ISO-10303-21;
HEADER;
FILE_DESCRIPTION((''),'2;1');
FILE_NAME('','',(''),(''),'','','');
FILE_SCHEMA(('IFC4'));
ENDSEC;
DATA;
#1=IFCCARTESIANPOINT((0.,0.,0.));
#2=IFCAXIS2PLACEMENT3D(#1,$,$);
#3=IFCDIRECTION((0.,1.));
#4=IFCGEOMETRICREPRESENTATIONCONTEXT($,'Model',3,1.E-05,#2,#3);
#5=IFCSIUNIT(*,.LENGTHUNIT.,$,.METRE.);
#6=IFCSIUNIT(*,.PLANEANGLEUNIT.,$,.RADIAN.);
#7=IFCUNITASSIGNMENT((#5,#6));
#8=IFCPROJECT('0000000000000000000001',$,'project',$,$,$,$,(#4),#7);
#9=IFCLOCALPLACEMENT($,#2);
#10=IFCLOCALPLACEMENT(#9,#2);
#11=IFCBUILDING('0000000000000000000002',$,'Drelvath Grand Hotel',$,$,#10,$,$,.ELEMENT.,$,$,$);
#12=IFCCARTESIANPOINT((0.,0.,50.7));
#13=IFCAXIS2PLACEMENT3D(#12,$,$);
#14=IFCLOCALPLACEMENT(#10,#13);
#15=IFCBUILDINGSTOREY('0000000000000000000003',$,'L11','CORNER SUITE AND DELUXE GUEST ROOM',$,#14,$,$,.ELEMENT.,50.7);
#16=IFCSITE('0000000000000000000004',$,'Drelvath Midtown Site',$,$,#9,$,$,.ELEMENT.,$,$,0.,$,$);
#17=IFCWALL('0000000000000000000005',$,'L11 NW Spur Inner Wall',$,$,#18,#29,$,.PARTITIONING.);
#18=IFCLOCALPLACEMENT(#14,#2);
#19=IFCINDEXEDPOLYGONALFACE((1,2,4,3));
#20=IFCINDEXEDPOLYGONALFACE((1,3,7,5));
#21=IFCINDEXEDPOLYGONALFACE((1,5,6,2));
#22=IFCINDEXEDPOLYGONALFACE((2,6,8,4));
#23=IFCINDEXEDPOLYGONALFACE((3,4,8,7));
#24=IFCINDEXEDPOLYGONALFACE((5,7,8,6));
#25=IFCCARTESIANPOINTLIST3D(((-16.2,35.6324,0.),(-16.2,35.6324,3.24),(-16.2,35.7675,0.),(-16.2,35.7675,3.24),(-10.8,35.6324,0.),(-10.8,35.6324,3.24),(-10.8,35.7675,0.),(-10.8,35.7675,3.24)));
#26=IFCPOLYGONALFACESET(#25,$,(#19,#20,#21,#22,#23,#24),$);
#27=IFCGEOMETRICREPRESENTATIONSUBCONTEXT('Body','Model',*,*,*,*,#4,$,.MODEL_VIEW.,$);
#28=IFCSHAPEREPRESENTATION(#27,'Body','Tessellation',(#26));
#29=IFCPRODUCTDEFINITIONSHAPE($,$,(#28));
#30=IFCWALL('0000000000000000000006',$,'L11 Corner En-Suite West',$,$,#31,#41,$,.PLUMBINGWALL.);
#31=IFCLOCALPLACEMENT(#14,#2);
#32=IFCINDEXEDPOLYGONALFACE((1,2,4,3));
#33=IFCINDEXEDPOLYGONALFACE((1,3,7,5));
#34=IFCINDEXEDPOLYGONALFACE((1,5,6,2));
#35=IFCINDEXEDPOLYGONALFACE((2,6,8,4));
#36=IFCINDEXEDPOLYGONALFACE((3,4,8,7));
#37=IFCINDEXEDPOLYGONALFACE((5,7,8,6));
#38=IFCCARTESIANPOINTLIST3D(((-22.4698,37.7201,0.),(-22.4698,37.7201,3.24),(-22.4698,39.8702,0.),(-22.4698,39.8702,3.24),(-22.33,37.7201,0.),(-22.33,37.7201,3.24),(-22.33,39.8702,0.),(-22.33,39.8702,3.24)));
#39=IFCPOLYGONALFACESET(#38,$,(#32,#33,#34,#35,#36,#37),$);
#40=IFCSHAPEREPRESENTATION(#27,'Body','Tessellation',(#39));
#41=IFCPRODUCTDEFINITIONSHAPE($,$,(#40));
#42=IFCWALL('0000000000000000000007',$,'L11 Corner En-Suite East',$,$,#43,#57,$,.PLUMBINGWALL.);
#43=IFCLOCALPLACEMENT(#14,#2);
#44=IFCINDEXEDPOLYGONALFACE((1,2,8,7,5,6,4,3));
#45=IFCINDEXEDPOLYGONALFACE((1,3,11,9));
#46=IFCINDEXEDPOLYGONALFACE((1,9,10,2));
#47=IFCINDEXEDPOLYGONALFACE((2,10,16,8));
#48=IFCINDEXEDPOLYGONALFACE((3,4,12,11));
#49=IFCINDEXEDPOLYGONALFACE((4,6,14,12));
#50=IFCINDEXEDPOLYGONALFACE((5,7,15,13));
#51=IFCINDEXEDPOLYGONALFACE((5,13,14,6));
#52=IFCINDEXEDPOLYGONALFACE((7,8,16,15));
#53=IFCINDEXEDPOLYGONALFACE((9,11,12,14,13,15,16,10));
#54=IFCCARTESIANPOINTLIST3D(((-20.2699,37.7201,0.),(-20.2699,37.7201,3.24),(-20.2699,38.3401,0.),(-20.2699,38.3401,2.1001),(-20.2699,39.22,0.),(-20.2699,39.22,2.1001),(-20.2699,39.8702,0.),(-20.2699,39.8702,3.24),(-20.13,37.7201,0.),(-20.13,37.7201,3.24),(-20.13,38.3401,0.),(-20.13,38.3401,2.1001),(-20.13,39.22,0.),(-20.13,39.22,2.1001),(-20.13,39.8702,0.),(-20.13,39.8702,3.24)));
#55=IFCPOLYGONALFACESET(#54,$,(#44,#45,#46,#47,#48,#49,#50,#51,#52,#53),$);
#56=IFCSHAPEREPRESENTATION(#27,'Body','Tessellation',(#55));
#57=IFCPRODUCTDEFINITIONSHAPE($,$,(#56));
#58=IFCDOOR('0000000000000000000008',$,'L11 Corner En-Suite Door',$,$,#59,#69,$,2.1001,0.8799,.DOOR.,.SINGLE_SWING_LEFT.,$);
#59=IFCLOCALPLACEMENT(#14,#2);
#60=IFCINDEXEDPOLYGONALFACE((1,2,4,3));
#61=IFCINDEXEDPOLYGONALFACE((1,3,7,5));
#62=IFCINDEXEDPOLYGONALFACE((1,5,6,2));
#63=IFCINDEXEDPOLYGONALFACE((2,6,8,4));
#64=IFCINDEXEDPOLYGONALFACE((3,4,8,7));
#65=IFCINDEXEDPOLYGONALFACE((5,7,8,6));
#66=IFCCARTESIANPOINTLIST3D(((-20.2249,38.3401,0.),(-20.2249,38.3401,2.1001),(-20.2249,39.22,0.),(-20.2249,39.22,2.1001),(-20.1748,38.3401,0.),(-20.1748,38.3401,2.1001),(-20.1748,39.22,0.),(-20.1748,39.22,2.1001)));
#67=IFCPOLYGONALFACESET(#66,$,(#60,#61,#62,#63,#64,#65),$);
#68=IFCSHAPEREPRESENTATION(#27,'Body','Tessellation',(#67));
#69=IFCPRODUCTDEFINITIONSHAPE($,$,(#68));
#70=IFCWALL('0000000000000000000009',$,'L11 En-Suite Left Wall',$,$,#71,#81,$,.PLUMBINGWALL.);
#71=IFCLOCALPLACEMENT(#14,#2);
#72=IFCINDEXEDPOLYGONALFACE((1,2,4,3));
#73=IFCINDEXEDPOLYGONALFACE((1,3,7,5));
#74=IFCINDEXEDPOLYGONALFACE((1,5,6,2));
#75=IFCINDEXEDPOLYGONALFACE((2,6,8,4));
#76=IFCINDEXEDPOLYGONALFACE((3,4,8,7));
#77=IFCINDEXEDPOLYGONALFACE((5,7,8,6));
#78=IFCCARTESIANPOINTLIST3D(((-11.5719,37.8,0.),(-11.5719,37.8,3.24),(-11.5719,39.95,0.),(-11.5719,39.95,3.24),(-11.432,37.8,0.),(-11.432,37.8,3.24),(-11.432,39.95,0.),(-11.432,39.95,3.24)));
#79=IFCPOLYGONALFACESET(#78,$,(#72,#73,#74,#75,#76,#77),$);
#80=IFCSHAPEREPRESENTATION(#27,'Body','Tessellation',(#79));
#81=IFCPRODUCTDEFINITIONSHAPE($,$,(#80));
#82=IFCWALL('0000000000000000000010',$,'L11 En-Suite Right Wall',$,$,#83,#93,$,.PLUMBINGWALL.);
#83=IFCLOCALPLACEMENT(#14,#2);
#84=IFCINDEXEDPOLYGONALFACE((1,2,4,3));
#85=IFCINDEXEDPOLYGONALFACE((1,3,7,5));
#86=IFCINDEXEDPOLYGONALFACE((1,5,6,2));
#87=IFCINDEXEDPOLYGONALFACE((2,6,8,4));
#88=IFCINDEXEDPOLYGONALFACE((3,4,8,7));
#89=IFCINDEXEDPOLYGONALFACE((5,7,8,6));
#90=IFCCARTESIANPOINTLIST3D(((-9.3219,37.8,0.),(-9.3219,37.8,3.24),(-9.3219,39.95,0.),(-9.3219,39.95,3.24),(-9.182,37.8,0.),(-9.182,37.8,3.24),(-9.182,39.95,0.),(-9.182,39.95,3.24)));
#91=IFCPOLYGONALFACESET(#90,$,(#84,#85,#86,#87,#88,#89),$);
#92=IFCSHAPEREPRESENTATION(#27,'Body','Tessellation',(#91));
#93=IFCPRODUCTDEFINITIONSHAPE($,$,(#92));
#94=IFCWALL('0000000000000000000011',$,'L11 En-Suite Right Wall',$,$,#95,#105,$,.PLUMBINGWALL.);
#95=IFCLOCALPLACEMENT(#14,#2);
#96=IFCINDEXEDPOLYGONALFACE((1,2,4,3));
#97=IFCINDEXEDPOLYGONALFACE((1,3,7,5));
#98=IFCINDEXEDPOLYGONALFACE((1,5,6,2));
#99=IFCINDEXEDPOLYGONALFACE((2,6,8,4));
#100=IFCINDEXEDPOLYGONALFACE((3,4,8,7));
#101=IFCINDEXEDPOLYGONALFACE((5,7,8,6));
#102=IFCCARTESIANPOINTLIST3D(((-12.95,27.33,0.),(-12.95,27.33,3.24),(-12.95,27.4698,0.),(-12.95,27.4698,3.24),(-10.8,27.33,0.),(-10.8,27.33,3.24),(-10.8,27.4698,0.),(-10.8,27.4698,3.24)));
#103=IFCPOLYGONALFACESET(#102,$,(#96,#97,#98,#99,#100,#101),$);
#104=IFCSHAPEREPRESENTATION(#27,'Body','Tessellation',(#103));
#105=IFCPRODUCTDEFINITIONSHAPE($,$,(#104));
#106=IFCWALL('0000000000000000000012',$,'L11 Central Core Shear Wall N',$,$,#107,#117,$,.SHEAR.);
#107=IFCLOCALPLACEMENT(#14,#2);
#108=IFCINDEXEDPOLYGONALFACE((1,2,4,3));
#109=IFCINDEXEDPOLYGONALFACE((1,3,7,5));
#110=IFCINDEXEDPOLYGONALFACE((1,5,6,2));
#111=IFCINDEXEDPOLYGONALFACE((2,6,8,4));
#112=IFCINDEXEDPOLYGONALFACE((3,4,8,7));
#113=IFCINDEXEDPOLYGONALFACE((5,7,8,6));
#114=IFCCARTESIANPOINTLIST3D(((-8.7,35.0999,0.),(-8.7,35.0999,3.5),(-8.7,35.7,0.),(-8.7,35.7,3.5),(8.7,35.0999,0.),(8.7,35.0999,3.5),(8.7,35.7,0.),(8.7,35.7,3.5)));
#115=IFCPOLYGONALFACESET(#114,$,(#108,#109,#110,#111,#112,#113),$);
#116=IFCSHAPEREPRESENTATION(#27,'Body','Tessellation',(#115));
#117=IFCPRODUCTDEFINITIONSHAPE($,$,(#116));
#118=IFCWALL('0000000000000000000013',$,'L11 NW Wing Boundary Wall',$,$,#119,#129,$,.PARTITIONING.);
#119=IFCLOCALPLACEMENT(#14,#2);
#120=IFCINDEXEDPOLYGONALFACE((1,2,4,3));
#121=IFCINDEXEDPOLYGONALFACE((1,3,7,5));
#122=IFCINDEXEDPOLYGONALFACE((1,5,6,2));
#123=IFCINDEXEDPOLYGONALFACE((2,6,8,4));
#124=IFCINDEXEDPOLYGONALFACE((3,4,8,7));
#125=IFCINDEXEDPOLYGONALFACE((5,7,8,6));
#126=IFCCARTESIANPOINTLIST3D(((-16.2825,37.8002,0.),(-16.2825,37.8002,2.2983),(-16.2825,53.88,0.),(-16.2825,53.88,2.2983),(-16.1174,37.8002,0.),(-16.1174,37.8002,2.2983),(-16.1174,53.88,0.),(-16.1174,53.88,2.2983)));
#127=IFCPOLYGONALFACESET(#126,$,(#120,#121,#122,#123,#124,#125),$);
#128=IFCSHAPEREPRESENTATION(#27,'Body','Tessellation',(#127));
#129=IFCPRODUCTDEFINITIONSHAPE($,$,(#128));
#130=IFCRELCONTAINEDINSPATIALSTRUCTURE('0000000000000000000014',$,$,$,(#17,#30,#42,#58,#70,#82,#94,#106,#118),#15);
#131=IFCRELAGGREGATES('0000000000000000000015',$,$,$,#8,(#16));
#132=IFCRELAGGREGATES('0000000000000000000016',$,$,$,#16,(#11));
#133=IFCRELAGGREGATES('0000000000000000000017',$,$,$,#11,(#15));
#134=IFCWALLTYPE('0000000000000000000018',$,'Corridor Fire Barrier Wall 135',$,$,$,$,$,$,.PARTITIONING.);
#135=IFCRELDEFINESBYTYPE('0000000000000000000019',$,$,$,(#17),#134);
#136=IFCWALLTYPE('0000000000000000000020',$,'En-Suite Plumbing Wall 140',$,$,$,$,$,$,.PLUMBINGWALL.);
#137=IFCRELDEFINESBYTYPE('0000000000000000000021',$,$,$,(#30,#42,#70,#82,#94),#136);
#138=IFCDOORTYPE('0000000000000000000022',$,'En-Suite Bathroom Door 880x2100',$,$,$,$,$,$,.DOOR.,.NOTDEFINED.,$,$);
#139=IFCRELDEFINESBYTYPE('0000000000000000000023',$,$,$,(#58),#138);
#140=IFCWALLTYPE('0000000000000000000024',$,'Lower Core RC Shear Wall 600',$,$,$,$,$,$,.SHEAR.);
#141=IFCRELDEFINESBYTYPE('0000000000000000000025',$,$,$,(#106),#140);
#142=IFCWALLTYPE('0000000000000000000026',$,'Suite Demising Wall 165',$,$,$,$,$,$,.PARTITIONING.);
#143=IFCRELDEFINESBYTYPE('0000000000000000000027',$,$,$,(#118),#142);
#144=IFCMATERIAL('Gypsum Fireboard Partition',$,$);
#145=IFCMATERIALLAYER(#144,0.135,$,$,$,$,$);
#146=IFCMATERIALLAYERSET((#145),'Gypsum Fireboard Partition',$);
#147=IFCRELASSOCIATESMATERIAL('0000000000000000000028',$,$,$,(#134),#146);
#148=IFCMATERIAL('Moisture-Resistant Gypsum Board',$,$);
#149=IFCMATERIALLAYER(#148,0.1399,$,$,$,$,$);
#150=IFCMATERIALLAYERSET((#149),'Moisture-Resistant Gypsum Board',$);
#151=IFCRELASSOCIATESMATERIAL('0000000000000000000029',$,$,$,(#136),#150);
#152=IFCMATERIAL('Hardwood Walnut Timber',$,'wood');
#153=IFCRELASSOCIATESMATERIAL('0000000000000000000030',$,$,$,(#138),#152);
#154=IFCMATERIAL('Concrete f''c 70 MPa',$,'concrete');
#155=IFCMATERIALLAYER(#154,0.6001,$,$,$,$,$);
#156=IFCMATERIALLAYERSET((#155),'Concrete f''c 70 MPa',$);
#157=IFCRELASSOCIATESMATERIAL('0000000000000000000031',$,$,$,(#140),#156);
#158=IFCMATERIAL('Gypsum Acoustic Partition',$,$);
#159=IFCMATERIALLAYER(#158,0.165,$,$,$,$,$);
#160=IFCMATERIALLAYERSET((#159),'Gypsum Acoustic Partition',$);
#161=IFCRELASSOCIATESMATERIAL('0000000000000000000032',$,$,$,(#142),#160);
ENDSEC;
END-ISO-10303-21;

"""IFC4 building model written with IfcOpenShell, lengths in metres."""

from ifc_helpers import new_model, si_unit, direction, frame, frame_2d, origin, place, context, subcontext, project, spatial, rectangle, extrude, material, layer, layer_set, type_object, element, fill, save


model = new_model("IFC4")

# Units and contexts
model_context = context("Model", 3, precision=1e-05, world=origin(), true_north=direction((0.0, 1.0)))
body_context = subcontext(model_context, "Body", "Model", "MODEL_VIEW")
ifc_project = project(units=[si_unit("LENGTHUNIT", "METRE"), si_unit("PLANEANGLEUNIT", "RADIAN")], contexts=[model_context])

# Site, building, storey
site_placement = place(None, origin())
site = spatial("IfcSite", under=ifc_project, at=site_placement, Name="Drelvath Midtown Site", CompositionType="ELEMENT", RefElevation=0.0)
building_placement = place(site_placement, origin())
building = spatial("IfcBuilding", under=site, at=building_placement, Name="Drelvath Grand Hotel", CompositionType="ELEMENT")
storey_placement = place(building_placement, frame((0.0, 0.0, 50.7)))
storey = spatial("IfcBuildingStorey", under=building, at=storey_placement, Name="L11", Description="CORNER SUITE AND DELUXE GUEST ROOM", CompositionType="ELEMENT", Elevation=50.7)

# Shared definitions
ifc_material_1 = material(Name="Gypsum Fireboard Partition")
ifc_layer_1 = layer(ifc_material_1, 0.135)
ifc_layer_set_1 = layer_set([ifc_layer_1], Name="Gypsum Fireboard Partition")
wall_type_1 = type_object("IfcWallType", Name="Corridor Fire Barrier Wall 135", PredefinedType="PARTITIONING", material=ifc_layer_set_1)
ifc_material_2 = material(Name="Hardwood Walnut Timber", Category="wood")

# Wall
wall_1_placement = place(storey_placement, frame((-16.2, 35.7, 0.0), z_axis=(0.0, 0.0, 1.0), x_axis=(1.0, 0.0, 0.0)))
element("IfcWall", 1, at=wall_1_placement, inside=storey, type_object=wall_type_1, Name="L11 NW Spur Inner Wall", PredefinedType="PARTITIONING", context=body_context, shape_type="SweptSolid", body=[
    extrude(rectangle(XDim=5.3999, YDim=0.135, at=frame_2d((2.7, 0.0))), origin(), (0.0, 0.0, 1.0), 3.24),
])

# Wall
ifc_material_3 = material(Name="Moisture-Resistant Gypsum Board")
ifc_layer_2 = layer(ifc_material_3, 0.1399)
ifc_layer_set_2 = layer_set([ifc_layer_2], Name="Moisture-Resistant Gypsum Board")
wall_type_2 = type_object("IfcWallType", Name="En-Suite Plumbing Wall 140", PredefinedType="PLUMBINGWALL", material=ifc_layer_set_2)
wall_2_placement = place(storey_placement, frame((-22.3999, 37.72, 0.0), z_axis=(0.0, 0.0, 1.0), x_axis=(0.0, 1.0, 0.0)))
element("IfcWall", 2, at=wall_2_placement, inside=storey, type_object=wall_type_2, Name="L11 Corner En-Suite West", PredefinedType="PLUMBINGWALL", context=body_context, shape_type="SweptSolid", body=[
    extrude(rectangle(XDim=2.1501, YDim=0.1399, at=frame_2d((1.0752, 0.0))), origin(), (0.0, 0.0, 1.0), 3.24),
])

# Wall, opening, door
wall_3_placement = place(storey_placement, frame((-20.2, 37.72, 0.0), z_axis=(0.0, 0.0, 1.0), x_axis=(0.0, 1.0, 0.0)))
wall_3 = element("IfcWall", 3, at=wall_3_placement, inside=storey, type_object=wall_type_2, Name="L11 Corner En-Suite East", PredefinedType="PLUMBINGWALL", context=body_context, shape_type="SweptSolid", body=[
    extrude(rectangle(XDim=2.1501, YDim=0.1399, at=frame_2d((1.0752, 0.0))), origin(), (0.0, 0.0, 1.0), 3.24),
])
opening_1_placement = place(wall_3_placement, frame((0.6201, 0.0, 0.0)))
opening_1 = element("IfcOpeningElement", 4, at=opening_1_placement, cuts=wall_3, PredefinedType="OPENING", context=body_context, shape_type="SweptSolid", body=[
    extrude(rectangle(XDim=0.8799, YDim=2.1001, at=frame_2d((0.4399, 1.05))), frame((0.0, 0.0798, 0.0), z_axis=(0.0, -1.0, 0.0), x_axis=(1.0, 0.0, 0.0)), (0.0, 0.0, 1.0), 0.1599),
])
door_type_1 = type_object("IfcDoorType", Name="En-Suite Bathroom Door 880x2100", OperationType="NOTDEFINED", PredefinedType="DOOR", material=ifc_material_2)
door_1_placement = place(opening_1_placement, origin())
door_1 = element("IfcDoor", 5, at=door_1_placement, inside=storey, type_object=door_type_1, Name="L11 Corner En-Suite Door", OperationType="SINGLE_SWING_LEFT", OverallHeight=2.1001, OverallWidth=0.8799, PredefinedType="DOOR", context=body_context, shape_type="SweptSolid", body=[
    extrude(rectangle(XDim=0.8799, YDim=2.1001, at=frame_2d((0.4399, 1.05))), frame((0.0, 0.0249, 0.0), z_axis=(0.0, -1.0, 0.0), x_axis=(1.0, 0.0, 0.0)), (0.0, 0.0, 1.0), 0.05),
])
fill(opening_1, door_1)

# Walls
for number, where, z_axis, x_axis, name in (
    (6, (-11.502, 37.8, 0.0), (0.0, 0.0, 1.0), (0.0, 1.0, 0.0), "L11 En-Suite Left Wall"),
    (7, (-9.252, 37.8, 0.0), (0.0, 0.0, 1.0), (0.0, 1.0, 0.0), "L11 En-Suite Right Wall"),
    (8, (-10.8, 27.3999, 0.0), (0.0, 0.0, 1.0), (-1.0, 0.0, 0.0), "L11 En-Suite Right Wall"),
):
    element("IfcWall", number, at=place(storey_placement, frame(where, z_axis=z_axis, x_axis=x_axis)), inside=storey, type_object=wall_type_2, Name=name, PredefinedType="PLUMBINGWALL", context=body_context, shape_type="SweptSolid", body=[
        extrude(rectangle(XDim=2.1499, YDim=0.1399, at=frame_2d((1.075, 0.0))), origin(), (0.0, 0.0, 1.0), 3.24),
    ])
ifc_material_4 = material(Name="Concrete f'c 70 MPa", Category="concrete")
ifc_layer_3 = layer(ifc_material_4, 0.6001)
ifc_layer_set_3 = layer_set([ifc_layer_3], Name="Concrete f'c 70 MPa")
wall_type_3 = type_object("IfcWallType", Name="Lower Core RC Shear Wall 600", PredefinedType="SHEAR", material=ifc_layer_set_3)
wall_4_placement = place(storey_placement, frame((-8.7, 35.3999, 0.0), z_axis=(0.0, 0.0, 1.0), x_axis=(1.0, 0.0, 0.0)))
element("IfcWall", 9, at=wall_4_placement, inside=storey, type_object=wall_type_3, Name="L11 Central Core Shear Wall N", PredefinedType="SHEAR", context=body_context, shape_type="SweptSolid", body=[
    extrude(rectangle(XDim=17.3999, YDim=0.6001, at=frame_2d((8.7, 0.0))), origin(), (0.0, 0.0, 1.0), 3.5),
])
ifc_material_5 = material(Name="Gypsum Acoustic Partition")
ifc_layer_4 = layer(ifc_material_5, 0.165)
ifc_layer_set_4 = layer_set([ifc_layer_4], Name="Gypsum Acoustic Partition")
wall_type_4 = type_object("IfcWallType", Name="Suite Demising Wall 165", PredefinedType="PARTITIONING", material=ifc_layer_set_4)
wall_5_placement = place(storey_placement, frame((-16.2, 37.8, 0.0), z_axis=(0.0, 0.0, 1.0), x_axis=(0.0, 1.0, 0.0)))
element("IfcWall", 10, at=wall_5_placement, inside=storey, type_object=wall_type_4, Name="L11 NW Wing Boundary Wall", PredefinedType="PARTITIONING", context=body_context, shape_type="SweptSolid", body=[
    extrude(rectangle(XDim=16.0798, YDim=0.165, at=frame_2d((8.04, 0.0))), origin(), (0.0, 0.0, 1.0), 2.2983),
])

save(model, "model.ifc")
